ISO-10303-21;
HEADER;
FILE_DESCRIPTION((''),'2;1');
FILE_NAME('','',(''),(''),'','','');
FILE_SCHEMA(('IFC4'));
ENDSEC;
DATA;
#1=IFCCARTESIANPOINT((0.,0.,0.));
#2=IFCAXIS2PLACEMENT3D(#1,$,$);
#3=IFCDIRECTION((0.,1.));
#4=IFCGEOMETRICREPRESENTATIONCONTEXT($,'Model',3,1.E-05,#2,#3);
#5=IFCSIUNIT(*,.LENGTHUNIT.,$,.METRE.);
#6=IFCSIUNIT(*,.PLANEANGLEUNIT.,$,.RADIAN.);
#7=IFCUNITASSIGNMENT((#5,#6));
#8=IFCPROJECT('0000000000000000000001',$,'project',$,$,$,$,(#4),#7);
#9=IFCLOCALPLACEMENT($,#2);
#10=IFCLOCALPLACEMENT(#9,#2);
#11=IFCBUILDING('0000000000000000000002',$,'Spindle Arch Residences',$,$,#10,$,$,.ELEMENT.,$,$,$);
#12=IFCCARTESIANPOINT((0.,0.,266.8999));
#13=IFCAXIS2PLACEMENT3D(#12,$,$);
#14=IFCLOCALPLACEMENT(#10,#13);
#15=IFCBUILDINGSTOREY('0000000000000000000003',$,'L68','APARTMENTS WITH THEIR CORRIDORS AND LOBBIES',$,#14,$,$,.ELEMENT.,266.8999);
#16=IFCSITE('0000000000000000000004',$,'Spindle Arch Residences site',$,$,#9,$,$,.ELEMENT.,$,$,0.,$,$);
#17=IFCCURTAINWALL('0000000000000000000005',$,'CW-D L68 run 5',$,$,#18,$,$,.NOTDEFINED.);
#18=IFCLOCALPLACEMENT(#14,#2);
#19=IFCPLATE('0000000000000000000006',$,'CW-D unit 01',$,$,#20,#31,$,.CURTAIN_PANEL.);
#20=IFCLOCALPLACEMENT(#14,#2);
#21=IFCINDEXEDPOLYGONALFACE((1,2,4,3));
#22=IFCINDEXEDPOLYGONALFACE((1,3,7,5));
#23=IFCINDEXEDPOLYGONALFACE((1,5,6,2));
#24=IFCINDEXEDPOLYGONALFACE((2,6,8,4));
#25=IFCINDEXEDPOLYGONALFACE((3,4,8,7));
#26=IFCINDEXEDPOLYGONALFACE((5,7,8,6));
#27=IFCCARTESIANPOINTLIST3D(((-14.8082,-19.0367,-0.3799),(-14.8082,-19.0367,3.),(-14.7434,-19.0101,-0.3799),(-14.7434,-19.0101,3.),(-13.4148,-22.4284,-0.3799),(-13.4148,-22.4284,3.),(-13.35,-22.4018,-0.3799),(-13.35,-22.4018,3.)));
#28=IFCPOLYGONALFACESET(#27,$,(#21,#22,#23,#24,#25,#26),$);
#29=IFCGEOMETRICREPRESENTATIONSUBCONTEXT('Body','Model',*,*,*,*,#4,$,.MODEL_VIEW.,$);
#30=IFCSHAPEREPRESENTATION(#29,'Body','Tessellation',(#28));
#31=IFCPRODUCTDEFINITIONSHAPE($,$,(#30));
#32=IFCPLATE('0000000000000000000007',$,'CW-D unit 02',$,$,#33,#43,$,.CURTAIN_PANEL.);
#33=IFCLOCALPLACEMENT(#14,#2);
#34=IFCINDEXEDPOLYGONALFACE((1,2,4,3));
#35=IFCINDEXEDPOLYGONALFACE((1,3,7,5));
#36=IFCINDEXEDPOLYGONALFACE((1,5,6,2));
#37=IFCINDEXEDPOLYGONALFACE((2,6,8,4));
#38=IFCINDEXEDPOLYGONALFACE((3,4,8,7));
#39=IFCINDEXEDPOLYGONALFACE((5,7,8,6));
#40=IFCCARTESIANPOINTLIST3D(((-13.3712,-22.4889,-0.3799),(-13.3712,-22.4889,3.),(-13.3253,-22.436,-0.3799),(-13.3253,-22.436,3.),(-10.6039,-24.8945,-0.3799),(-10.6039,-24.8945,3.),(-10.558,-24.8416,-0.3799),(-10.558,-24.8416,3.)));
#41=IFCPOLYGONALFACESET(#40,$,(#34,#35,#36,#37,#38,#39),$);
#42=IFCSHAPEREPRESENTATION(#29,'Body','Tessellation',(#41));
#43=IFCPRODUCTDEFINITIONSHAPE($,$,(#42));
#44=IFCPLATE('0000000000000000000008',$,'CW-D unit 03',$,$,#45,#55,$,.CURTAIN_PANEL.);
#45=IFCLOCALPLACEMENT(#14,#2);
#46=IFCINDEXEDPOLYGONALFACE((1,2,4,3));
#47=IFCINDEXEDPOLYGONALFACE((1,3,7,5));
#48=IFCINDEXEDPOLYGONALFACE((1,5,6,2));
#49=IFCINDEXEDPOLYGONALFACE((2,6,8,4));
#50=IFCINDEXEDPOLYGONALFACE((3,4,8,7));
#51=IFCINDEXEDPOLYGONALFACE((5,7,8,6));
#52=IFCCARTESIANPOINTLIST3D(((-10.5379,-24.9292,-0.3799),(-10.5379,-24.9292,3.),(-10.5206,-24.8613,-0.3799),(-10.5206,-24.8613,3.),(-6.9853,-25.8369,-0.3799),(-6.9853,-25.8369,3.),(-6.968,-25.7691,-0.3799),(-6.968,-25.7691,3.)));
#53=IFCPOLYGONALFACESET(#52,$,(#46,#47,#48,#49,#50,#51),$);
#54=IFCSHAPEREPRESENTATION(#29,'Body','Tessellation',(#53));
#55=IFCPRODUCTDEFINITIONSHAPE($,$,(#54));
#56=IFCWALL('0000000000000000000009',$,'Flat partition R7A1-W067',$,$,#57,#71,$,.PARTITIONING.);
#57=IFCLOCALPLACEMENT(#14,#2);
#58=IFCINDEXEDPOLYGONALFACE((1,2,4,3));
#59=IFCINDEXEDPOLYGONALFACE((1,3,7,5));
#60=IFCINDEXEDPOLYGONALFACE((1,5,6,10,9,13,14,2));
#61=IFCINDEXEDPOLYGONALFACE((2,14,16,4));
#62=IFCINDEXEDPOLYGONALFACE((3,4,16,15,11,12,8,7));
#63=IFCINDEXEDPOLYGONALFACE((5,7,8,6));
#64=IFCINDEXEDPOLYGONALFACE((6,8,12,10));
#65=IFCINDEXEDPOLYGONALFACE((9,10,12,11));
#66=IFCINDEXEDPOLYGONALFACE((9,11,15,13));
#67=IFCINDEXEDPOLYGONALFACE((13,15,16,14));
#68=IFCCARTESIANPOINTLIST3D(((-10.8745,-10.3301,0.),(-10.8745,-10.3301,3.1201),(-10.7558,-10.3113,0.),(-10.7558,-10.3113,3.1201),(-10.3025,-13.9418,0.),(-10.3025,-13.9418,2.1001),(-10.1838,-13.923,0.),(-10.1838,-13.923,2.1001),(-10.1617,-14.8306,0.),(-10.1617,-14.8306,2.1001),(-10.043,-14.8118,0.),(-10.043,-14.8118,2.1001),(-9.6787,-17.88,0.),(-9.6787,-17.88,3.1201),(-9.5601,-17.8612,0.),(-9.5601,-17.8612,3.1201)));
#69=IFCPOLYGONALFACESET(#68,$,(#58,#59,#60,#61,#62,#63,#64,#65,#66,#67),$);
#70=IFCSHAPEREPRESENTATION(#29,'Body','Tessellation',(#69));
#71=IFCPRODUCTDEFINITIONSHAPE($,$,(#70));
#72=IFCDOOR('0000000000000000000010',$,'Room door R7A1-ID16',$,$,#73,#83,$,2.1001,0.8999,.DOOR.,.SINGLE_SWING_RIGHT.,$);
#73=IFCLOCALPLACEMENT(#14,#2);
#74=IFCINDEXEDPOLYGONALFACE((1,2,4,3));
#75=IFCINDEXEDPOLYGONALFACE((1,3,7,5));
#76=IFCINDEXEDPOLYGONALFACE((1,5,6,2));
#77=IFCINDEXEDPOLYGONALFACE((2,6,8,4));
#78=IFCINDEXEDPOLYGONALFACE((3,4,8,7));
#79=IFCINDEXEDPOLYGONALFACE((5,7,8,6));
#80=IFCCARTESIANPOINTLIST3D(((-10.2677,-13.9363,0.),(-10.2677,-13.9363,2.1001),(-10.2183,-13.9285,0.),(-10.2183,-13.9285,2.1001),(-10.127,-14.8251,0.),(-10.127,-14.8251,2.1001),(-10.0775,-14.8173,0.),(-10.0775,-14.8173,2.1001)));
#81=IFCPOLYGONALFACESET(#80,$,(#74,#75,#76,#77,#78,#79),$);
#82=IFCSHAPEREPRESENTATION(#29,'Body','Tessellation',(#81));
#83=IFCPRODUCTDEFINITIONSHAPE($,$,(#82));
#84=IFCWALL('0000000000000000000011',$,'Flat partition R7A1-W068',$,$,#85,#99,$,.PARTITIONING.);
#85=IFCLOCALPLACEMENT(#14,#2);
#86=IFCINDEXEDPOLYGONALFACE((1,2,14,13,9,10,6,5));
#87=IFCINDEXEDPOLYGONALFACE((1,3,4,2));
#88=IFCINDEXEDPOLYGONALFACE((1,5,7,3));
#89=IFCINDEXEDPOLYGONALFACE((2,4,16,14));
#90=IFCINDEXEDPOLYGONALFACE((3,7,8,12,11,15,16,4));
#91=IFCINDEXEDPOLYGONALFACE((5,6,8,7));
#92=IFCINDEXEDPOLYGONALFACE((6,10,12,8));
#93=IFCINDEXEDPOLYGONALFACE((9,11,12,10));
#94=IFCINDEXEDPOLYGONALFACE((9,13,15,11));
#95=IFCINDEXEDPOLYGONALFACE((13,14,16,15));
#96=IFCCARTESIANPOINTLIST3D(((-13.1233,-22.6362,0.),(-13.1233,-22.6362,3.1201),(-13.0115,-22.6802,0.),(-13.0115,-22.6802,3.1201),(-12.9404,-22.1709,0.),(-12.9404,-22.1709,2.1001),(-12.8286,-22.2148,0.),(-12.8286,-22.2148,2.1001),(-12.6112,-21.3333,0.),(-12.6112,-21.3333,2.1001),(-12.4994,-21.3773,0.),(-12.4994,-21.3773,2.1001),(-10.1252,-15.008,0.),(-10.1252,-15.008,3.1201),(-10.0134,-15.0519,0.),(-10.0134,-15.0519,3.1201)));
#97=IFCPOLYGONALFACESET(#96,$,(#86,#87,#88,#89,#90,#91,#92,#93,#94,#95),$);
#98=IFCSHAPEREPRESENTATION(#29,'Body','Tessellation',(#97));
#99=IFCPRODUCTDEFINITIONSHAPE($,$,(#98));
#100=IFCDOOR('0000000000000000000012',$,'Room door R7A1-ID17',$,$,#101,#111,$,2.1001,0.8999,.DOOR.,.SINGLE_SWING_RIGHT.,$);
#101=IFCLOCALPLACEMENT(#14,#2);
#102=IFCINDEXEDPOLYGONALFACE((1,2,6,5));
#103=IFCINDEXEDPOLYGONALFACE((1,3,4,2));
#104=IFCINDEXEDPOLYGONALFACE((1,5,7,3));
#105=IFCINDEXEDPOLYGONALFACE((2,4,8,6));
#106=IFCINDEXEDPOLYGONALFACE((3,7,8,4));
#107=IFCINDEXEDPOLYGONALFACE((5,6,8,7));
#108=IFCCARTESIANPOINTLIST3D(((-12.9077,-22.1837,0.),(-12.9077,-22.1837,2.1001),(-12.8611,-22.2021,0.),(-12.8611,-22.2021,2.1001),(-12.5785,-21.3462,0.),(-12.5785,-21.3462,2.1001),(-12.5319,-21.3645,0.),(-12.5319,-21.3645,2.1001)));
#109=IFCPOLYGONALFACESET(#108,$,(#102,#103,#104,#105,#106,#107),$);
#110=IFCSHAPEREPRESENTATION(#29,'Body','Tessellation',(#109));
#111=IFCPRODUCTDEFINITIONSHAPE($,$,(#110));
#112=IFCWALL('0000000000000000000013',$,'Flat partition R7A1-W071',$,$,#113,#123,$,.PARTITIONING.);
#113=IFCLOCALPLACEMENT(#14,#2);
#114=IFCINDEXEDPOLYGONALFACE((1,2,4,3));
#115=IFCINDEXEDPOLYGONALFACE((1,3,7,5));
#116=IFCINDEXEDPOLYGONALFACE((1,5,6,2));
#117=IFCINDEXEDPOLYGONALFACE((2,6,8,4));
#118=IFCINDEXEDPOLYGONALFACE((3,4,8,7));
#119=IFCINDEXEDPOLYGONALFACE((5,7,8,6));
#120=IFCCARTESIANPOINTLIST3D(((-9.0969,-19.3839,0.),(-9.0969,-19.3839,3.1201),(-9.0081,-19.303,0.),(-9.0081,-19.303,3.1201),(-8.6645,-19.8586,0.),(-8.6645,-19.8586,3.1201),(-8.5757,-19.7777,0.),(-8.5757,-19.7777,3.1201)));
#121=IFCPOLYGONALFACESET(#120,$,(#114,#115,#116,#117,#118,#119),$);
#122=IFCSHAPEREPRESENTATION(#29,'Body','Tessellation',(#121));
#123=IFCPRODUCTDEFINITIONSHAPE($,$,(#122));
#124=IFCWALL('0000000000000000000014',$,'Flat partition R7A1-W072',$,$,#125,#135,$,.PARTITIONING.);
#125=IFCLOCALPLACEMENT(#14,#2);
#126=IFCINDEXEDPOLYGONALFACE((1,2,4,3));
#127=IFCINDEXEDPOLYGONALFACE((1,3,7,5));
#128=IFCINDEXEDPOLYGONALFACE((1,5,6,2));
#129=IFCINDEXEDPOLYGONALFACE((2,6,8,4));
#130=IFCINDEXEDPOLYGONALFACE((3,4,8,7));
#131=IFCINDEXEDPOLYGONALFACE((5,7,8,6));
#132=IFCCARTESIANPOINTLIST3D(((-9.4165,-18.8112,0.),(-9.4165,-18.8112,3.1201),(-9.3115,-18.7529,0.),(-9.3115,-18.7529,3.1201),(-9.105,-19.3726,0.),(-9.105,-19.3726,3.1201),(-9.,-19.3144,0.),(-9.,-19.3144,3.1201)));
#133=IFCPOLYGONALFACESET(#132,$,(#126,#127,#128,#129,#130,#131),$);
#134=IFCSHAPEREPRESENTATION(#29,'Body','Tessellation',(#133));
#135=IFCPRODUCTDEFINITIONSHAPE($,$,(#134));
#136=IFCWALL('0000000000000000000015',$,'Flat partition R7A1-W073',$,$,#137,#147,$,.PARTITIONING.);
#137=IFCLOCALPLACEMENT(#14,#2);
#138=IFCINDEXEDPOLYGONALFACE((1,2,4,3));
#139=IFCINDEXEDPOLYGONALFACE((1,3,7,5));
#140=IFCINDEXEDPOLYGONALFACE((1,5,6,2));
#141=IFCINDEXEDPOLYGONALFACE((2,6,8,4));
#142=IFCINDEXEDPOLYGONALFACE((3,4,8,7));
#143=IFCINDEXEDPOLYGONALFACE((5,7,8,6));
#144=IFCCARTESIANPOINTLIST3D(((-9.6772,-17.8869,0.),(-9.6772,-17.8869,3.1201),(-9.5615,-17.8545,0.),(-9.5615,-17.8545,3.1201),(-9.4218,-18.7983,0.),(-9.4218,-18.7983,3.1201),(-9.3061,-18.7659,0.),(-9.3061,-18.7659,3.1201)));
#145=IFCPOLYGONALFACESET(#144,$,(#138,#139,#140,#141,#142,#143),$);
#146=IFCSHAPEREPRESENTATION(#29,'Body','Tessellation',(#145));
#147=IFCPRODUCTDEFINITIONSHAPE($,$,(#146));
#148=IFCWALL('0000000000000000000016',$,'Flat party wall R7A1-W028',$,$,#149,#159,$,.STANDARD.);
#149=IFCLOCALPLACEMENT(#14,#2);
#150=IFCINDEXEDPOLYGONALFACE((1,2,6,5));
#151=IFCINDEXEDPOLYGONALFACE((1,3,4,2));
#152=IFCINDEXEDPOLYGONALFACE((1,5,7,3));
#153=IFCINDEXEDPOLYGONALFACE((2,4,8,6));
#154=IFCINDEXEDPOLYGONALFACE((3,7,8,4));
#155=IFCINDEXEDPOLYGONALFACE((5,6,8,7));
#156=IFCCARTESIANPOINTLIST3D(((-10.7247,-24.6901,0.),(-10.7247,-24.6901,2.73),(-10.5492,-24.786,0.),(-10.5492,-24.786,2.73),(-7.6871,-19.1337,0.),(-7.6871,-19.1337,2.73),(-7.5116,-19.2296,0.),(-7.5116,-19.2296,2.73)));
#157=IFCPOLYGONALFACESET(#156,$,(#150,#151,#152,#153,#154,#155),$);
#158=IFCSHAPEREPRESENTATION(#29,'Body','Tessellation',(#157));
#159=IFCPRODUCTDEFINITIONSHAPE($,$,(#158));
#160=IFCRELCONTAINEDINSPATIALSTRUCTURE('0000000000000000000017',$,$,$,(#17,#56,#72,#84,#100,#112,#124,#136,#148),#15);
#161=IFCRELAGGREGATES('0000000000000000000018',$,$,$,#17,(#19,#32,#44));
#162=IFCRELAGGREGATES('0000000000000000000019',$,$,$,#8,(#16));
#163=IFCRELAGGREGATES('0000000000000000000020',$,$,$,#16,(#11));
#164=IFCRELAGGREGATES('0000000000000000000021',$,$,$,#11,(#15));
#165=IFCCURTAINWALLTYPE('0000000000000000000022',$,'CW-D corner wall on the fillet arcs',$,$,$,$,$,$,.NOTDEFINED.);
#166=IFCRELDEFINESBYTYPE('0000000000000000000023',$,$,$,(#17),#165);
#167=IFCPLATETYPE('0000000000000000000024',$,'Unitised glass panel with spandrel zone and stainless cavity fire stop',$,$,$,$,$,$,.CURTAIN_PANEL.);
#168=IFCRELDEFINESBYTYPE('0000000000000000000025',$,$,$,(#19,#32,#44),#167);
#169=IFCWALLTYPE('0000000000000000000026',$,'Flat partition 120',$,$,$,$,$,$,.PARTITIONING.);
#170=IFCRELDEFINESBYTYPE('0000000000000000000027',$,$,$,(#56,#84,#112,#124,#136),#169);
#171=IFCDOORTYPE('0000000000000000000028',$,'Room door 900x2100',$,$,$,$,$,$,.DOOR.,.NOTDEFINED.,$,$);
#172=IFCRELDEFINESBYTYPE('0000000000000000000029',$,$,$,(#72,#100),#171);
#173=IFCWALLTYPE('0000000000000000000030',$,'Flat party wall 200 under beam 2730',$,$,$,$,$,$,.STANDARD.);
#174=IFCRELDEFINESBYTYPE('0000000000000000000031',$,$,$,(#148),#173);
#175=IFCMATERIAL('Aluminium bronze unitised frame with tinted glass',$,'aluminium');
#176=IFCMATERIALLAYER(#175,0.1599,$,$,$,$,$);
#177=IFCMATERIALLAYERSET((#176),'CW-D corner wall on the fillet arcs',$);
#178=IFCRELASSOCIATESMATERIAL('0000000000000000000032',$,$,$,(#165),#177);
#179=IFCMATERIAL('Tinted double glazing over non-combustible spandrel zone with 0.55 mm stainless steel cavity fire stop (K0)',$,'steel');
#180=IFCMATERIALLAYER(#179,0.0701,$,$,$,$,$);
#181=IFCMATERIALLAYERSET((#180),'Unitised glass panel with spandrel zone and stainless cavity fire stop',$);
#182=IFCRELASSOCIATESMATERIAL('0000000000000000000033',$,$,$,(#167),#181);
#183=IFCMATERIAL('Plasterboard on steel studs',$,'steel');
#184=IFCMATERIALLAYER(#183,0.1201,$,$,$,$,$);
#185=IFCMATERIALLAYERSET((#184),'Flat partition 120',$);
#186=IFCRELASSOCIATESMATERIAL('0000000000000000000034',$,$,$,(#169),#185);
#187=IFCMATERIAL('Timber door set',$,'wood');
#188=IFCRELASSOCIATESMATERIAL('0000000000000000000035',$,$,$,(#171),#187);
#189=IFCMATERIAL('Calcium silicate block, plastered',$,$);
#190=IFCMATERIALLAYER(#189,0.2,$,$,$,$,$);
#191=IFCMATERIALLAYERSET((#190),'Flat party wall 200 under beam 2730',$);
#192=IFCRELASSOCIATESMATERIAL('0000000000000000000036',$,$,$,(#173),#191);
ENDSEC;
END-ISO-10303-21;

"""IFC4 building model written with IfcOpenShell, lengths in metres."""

from ifc_helpers import new_model, si_unit, direction, frame, frame_2d, origin, origin_2d, place, context, subcontext, project, spatial, rectangle, extrude, material, layer, layer_set, type_object, element, fill, aggregate, save


model = new_model("IFC4")

# Units and contexts
model_context = context("Model", 3, precision=1e-05, world=origin(), true_north=direction((0.0, 1.0)))
body_context = subcontext(model_context, "Body", "Model", "MODEL_VIEW")
ifc_project = project(units=[si_unit("LENGTHUNIT", "METRE"), si_unit("PLANEANGLEUNIT", "RADIAN")], contexts=[model_context])

# Site, building, storey
site_placement = place(None, origin())
site = spatial("IfcSite", under=ifc_project, at=site_placement, Name="Spindle Arch Residences site", CompositionType="ELEMENT", RefElevation=0.0)
building_placement = place(site_placement, origin())
building = spatial("IfcBuilding", under=site, at=building_placement, Name="Spindle Arch Residences", CompositionType="ELEMENT")
storey_placement = place(building_placement, frame((0.0, 0.0, 266.8999)))
storey = spatial("IfcBuildingStorey", under=building, at=storey_placement, Name="L68", Description="APARTMENTS WITH THEIR CORRIDORS AND LOBBIES", CompositionType="ELEMENT", Elevation=266.8999)

# Curtain wall
ifc_material_1 = material(Name="Aluminium bronze unitised frame with tinted glass", Category="aluminium")
ifc_layer_1 = layer(ifc_material_1, 0.1599)
ifc_layer_set_1 = layer_set([ifc_layer_1], Name="CW-D corner wall on the fillet arcs")
curtain_wall_type = type_object("IfcCurtainWallType", Name="CW-D corner wall on the fillet arcs", PredefinedType="NOTDEFINED", material=ifc_layer_set_1)
curtain_wall_placement = place(storey_placement, origin())
curtain_wall = element("IfcCurtainWall", 1, at=curtain_wall_placement, inside=storey, type_object=curtain_wall_type, Name="CW-D L68 run 5", PredefinedType="NOTDEFINED")

# Plates
ifc_material_2 = material(Name="Tinted double glazing over non-combustible spandrel zone with 0.55 mm stainless steel cavity fire stop (K0)", Category="steel")
ifc_layer_2 = layer(ifc_material_2, 0.0701)
ifc_layer_set_2 = layer_set([ifc_layer_2], Name="Unitised glass panel with spandrel zone and stainless cavity fire stop")
plate_type = type_object("IfcPlateType", Name="Unitised glass panel with spandrel zone and stainless cavity fire stop", PredefinedType="CURTAIN_PANEL", material=ifc_layer_set_2)
plate_1_placement = place(storey_placement, frame((-14.0791, -20.7192, -0.3799), z_axis=(0.0, 0.0, 1.0), x_axis=(0.379994, -0.924989, 0.0)))
plate_1 = element("IfcPlate", 2, at=plate_1_placement, type_object=plate_type, Name="CW-D unit 01", PredefinedType="CURTAIN_PANEL", context=body_context, shape_type="SweptSolid", body=[
    extrude(rectangle(XDim=3.6667, YDim=0.0701, at=origin_2d()), origin(), (0.0, 0.0, 1.0), 3.3799),
])
plate_2_placement = place(storey_placement, frame((-11.9646, -23.6653, -0.3799), z_axis=(0.0, 0.0, 1.0), x_axis=(0.75471, -0.656059, 0.0)))
plate_2 = element("IfcPlate", 3, at=plate_2_placement, type_object=plate_type, Name="CW-D unit 02", PredefinedType="CURTAIN_PANEL", context=body_context, shape_type="SweptSolid", body=[
    extrude(rectangle(XDim=3.6667, YDim=0.0701, at=origin_2d()), origin(), (0.0, 0.0, 1.0), 3.3799),
])
plate_3_placement = place(storey_placement, frame((-8.7529, -25.3491, -0.3799), z_axis=(0.0, 0.0, 1.0), x_axis=(0.968872, -0.247563, 0.0)))
plate_3 = element("IfcPlate", 4, at=plate_3_placement, type_object=plate_type, Name="CW-D unit 03", PredefinedType="CURTAIN_PANEL", context=body_context, shape_type="SweptSolid", body=[
    extrude(rectangle(XDim=3.6667, YDim=0.0701, at=origin_2d()), origin(), (0.0, 0.0, 1.0), 3.3799),
])
aggregate(curtain_wall, [plate_1, plate_2, plate_3])

# Walls, openings, doors
ifc_material_3 = material(Name="Plasterboard on steel studs", Category="steel")
ifc_layer_3 = layer(ifc_material_3, 0.1201)
ifc_layer_set_3 = layer_set([ifc_layer_3], Name="Flat partition 120")
wall_type_1 = type_object("IfcWallType", Name="Flat partition 120", PredefinedType="PARTITIONING", material=ifc_layer_set_3)
wall_1_placement = place(storey_placement, frame((-9.6194, -17.8706, 0.0), z_axis=(0.0, 0.0, 1.0), x_axis=(-0.156433, 0.987689, 0.0)))
wall_1 = element("IfcWall", 5, at=wall_1_placement, inside=storey, type_object=wall_type_1, Name="Flat partition R7A1-W067", PredefinedType="PARTITIONING", context=body_context, shape_type="SweptSolid", body=[
    extrude(rectangle(XDim=7.644, YDim=0.1201, at=frame_2d((3.822, 0.0))), origin(), (0.0, 0.0, 1.0), 3.1201),
])
opening_1_placement = place(wall_1_placement, frame((3.0874, 0.0, 0.0)))
opening_1 = element("IfcOpeningElement", 6, at=opening_1_placement, cuts=wall_1, PredefinedType="OPENING", context=body_context, shape_type="SweptSolid", body=[
    extrude(rectangle(XDim=0.8999, YDim=2.1001, at=frame_2d((0.45, 1.05))), frame((0.0, 0.0701, 0.0), z_axis=(0.0, -1.0, 0.0), x_axis=(1.0, 0.0, 0.0)), (0.0, 0.0, 1.0), 0.1401),
])
ifc_material_4 = material(Name="Timber door set", Category="wood")
door_type = type_object("IfcDoorType", Name="Room door 900x2100", OperationType="NOTDEFINED", PredefinedType="DOOR", material=ifc_material_4)
door_1_placement = place(opening_1_placement, origin())
door_1 = element("IfcDoor", 7, at=door_1_placement, inside=storey, type_object=door_type, Name="Room door R7A1-ID16", OperationType="SINGLE_SWING_RIGHT", OverallHeight=2.1001, OverallWidth=0.8999, PredefinedType="DOOR", context=body_context, shape_type="SweptSolid", body=[
    extrude(rectangle(XDim=0.8999, YDim=2.1001, at=frame_2d((0.45, 1.05))), frame((0.0, 0.0249, 0.0), z_axis=(0.0, -1.0, 0.0), x_axis=(1.0, 0.0, 0.0)), (0.0, 0.0, 1.0), 0.05),
])
fill(opening_1, door_1)
wall_2_placement = place(storey_placement, frame((-13.0674, -22.6582, 0.0), z_axis=(0.0, 0.0, 1.0), x_axis=(0.365786, 0.930699, 0.0)))
wall_2 = element("IfcWall", 8, at=wall_2_placement, inside=storey, type_object=wall_type_1, Name="Flat partition R7A1-W068", PredefinedType="PARTITIONING", context=body_context, shape_type="SweptSolid", body=[
    extrude(rectangle(XDim=8.1963, YDim=0.1201, at=frame_2d((4.0981, 0.0))), origin(), (0.0, 0.0, 1.0), 3.1201),
])
opening_2_placement = place(wall_2_placement, frame((0.5, 0.0, 0.0)))
opening_2 = element("IfcOpeningElement", 9, at=opening_2_placement, cuts=wall_2, PredefinedType="OPENING", context=body_context, shape_type="SweptSolid", body=[
    extrude(rectangle(XDim=0.8999, YDim=2.1001, at=frame_2d((0.45, 1.05))), frame((0.0, 0.0701, 0.0), z_axis=(0.0, -1.0, 0.0), x_axis=(1.0, 0.0, 0.0)), (0.0, 0.0, 1.0), 0.1401),
])
door_2_placement = place(opening_2_placement, origin())
door_2 = element("IfcDoor", 10, at=door_2_placement, inside=storey, type_object=door_type, Name="Room door R7A1-ID17", OperationType="SINGLE_SWING_RIGHT", OverallHeight=2.1001, OverallWidth=0.8999, PredefinedType="DOOR", context=body_context, shape_type="SweptSolid", body=[
    extrude(rectangle(XDim=0.8999, YDim=2.1001, at=frame_2d((0.45, 1.05))), frame((0.0, 0.0249, 0.0), z_axis=(0.0, -1.0, 0.0), x_axis=(1.0, 0.0, 0.0)), (0.0, 0.0, 1.0), 0.05),
])
fill(opening_2, door_2)

# Walls
for number, where, z_axis, x_axis, name in (
    (11, (-8.6201, -19.8181, 0.0), (0.0, 0.0, 1.0), (-0.673448, 0.739234, 0.0), "Flat partition R7A1-W071"),
    (12, (-9.0525, -19.3435, 0.0), (0.0, 0.0, 1.0), (-0.485126, 0.874444, 0.0), "Flat partition R7A1-W072"),
):
    element("IfcWall", number, at=place(storey_placement, frame(where, z_axis=z_axis, x_axis=x_axis)), inside=storey, type_object=wall_type_1, Name=name, PredefinedType="PARTITIONING", context=body_context, shape_type="SweptSolid", body=[
        extrude(rectangle(XDim=0.6421, YDim=0.1201, at=frame_2d((0.321, 0.0))), origin(), (0.0, 0.0, 1.0), 3.1201),
    ])
wall_3_placement = place(storey_placement, frame((-9.364, -18.782, 0.0), z_axis=(0.0, 0.0, 1.0), x_axis=(-0.269812, 0.962913, 0.0)))
element("IfcWall", 13, at=wall_3_placement, inside=storey, type_object=wall_type_1, Name="Flat partition R7A1-W073", PredefinedType="PARTITIONING", context=body_context, shape_type="SweptSolid", body=[
    extrude(rectangle(XDim=0.9465, YDim=0.1201, at=frame_2d((0.4731, 0.0))), origin(), (0.0, 0.0, 1.0), 3.1201),
])
ifc_material_5 = material(Name="Calcium silicate block, plastered")
ifc_layer_4 = layer(ifc_material_5, 0.2)
ifc_layer_set_4 = layer_set([ifc_layer_4], Name="Flat party wall 200 under beam 2730")
wall_type_2 = type_object("IfcWallType", Name="Flat party wall 200 under beam 2730", PredefinedType="STANDARD", material=ifc_layer_set_4)
wall_4_placement = place(storey_placement, frame((-10.637, -24.738, 0.0), z_axis=(0.0, 0.0, 1.0), x_axis=(0.479684, 0.877441, 0.0)))
element("IfcWall", 14, at=wall_4_placement, inside=storey, type_object=wall_type_2, Name="Flat party wall R7A1-W028", PredefinedType="STANDARD", context=body_context, shape_type="SweptSolid", body=[
    extrude(rectangle(XDim=6.3325, YDim=0.2, at=frame_2d((3.1663, 0.0))), origin(), (0.0, 0.0, 1.0), 2.73),
])

save(model, "model.ifc")
